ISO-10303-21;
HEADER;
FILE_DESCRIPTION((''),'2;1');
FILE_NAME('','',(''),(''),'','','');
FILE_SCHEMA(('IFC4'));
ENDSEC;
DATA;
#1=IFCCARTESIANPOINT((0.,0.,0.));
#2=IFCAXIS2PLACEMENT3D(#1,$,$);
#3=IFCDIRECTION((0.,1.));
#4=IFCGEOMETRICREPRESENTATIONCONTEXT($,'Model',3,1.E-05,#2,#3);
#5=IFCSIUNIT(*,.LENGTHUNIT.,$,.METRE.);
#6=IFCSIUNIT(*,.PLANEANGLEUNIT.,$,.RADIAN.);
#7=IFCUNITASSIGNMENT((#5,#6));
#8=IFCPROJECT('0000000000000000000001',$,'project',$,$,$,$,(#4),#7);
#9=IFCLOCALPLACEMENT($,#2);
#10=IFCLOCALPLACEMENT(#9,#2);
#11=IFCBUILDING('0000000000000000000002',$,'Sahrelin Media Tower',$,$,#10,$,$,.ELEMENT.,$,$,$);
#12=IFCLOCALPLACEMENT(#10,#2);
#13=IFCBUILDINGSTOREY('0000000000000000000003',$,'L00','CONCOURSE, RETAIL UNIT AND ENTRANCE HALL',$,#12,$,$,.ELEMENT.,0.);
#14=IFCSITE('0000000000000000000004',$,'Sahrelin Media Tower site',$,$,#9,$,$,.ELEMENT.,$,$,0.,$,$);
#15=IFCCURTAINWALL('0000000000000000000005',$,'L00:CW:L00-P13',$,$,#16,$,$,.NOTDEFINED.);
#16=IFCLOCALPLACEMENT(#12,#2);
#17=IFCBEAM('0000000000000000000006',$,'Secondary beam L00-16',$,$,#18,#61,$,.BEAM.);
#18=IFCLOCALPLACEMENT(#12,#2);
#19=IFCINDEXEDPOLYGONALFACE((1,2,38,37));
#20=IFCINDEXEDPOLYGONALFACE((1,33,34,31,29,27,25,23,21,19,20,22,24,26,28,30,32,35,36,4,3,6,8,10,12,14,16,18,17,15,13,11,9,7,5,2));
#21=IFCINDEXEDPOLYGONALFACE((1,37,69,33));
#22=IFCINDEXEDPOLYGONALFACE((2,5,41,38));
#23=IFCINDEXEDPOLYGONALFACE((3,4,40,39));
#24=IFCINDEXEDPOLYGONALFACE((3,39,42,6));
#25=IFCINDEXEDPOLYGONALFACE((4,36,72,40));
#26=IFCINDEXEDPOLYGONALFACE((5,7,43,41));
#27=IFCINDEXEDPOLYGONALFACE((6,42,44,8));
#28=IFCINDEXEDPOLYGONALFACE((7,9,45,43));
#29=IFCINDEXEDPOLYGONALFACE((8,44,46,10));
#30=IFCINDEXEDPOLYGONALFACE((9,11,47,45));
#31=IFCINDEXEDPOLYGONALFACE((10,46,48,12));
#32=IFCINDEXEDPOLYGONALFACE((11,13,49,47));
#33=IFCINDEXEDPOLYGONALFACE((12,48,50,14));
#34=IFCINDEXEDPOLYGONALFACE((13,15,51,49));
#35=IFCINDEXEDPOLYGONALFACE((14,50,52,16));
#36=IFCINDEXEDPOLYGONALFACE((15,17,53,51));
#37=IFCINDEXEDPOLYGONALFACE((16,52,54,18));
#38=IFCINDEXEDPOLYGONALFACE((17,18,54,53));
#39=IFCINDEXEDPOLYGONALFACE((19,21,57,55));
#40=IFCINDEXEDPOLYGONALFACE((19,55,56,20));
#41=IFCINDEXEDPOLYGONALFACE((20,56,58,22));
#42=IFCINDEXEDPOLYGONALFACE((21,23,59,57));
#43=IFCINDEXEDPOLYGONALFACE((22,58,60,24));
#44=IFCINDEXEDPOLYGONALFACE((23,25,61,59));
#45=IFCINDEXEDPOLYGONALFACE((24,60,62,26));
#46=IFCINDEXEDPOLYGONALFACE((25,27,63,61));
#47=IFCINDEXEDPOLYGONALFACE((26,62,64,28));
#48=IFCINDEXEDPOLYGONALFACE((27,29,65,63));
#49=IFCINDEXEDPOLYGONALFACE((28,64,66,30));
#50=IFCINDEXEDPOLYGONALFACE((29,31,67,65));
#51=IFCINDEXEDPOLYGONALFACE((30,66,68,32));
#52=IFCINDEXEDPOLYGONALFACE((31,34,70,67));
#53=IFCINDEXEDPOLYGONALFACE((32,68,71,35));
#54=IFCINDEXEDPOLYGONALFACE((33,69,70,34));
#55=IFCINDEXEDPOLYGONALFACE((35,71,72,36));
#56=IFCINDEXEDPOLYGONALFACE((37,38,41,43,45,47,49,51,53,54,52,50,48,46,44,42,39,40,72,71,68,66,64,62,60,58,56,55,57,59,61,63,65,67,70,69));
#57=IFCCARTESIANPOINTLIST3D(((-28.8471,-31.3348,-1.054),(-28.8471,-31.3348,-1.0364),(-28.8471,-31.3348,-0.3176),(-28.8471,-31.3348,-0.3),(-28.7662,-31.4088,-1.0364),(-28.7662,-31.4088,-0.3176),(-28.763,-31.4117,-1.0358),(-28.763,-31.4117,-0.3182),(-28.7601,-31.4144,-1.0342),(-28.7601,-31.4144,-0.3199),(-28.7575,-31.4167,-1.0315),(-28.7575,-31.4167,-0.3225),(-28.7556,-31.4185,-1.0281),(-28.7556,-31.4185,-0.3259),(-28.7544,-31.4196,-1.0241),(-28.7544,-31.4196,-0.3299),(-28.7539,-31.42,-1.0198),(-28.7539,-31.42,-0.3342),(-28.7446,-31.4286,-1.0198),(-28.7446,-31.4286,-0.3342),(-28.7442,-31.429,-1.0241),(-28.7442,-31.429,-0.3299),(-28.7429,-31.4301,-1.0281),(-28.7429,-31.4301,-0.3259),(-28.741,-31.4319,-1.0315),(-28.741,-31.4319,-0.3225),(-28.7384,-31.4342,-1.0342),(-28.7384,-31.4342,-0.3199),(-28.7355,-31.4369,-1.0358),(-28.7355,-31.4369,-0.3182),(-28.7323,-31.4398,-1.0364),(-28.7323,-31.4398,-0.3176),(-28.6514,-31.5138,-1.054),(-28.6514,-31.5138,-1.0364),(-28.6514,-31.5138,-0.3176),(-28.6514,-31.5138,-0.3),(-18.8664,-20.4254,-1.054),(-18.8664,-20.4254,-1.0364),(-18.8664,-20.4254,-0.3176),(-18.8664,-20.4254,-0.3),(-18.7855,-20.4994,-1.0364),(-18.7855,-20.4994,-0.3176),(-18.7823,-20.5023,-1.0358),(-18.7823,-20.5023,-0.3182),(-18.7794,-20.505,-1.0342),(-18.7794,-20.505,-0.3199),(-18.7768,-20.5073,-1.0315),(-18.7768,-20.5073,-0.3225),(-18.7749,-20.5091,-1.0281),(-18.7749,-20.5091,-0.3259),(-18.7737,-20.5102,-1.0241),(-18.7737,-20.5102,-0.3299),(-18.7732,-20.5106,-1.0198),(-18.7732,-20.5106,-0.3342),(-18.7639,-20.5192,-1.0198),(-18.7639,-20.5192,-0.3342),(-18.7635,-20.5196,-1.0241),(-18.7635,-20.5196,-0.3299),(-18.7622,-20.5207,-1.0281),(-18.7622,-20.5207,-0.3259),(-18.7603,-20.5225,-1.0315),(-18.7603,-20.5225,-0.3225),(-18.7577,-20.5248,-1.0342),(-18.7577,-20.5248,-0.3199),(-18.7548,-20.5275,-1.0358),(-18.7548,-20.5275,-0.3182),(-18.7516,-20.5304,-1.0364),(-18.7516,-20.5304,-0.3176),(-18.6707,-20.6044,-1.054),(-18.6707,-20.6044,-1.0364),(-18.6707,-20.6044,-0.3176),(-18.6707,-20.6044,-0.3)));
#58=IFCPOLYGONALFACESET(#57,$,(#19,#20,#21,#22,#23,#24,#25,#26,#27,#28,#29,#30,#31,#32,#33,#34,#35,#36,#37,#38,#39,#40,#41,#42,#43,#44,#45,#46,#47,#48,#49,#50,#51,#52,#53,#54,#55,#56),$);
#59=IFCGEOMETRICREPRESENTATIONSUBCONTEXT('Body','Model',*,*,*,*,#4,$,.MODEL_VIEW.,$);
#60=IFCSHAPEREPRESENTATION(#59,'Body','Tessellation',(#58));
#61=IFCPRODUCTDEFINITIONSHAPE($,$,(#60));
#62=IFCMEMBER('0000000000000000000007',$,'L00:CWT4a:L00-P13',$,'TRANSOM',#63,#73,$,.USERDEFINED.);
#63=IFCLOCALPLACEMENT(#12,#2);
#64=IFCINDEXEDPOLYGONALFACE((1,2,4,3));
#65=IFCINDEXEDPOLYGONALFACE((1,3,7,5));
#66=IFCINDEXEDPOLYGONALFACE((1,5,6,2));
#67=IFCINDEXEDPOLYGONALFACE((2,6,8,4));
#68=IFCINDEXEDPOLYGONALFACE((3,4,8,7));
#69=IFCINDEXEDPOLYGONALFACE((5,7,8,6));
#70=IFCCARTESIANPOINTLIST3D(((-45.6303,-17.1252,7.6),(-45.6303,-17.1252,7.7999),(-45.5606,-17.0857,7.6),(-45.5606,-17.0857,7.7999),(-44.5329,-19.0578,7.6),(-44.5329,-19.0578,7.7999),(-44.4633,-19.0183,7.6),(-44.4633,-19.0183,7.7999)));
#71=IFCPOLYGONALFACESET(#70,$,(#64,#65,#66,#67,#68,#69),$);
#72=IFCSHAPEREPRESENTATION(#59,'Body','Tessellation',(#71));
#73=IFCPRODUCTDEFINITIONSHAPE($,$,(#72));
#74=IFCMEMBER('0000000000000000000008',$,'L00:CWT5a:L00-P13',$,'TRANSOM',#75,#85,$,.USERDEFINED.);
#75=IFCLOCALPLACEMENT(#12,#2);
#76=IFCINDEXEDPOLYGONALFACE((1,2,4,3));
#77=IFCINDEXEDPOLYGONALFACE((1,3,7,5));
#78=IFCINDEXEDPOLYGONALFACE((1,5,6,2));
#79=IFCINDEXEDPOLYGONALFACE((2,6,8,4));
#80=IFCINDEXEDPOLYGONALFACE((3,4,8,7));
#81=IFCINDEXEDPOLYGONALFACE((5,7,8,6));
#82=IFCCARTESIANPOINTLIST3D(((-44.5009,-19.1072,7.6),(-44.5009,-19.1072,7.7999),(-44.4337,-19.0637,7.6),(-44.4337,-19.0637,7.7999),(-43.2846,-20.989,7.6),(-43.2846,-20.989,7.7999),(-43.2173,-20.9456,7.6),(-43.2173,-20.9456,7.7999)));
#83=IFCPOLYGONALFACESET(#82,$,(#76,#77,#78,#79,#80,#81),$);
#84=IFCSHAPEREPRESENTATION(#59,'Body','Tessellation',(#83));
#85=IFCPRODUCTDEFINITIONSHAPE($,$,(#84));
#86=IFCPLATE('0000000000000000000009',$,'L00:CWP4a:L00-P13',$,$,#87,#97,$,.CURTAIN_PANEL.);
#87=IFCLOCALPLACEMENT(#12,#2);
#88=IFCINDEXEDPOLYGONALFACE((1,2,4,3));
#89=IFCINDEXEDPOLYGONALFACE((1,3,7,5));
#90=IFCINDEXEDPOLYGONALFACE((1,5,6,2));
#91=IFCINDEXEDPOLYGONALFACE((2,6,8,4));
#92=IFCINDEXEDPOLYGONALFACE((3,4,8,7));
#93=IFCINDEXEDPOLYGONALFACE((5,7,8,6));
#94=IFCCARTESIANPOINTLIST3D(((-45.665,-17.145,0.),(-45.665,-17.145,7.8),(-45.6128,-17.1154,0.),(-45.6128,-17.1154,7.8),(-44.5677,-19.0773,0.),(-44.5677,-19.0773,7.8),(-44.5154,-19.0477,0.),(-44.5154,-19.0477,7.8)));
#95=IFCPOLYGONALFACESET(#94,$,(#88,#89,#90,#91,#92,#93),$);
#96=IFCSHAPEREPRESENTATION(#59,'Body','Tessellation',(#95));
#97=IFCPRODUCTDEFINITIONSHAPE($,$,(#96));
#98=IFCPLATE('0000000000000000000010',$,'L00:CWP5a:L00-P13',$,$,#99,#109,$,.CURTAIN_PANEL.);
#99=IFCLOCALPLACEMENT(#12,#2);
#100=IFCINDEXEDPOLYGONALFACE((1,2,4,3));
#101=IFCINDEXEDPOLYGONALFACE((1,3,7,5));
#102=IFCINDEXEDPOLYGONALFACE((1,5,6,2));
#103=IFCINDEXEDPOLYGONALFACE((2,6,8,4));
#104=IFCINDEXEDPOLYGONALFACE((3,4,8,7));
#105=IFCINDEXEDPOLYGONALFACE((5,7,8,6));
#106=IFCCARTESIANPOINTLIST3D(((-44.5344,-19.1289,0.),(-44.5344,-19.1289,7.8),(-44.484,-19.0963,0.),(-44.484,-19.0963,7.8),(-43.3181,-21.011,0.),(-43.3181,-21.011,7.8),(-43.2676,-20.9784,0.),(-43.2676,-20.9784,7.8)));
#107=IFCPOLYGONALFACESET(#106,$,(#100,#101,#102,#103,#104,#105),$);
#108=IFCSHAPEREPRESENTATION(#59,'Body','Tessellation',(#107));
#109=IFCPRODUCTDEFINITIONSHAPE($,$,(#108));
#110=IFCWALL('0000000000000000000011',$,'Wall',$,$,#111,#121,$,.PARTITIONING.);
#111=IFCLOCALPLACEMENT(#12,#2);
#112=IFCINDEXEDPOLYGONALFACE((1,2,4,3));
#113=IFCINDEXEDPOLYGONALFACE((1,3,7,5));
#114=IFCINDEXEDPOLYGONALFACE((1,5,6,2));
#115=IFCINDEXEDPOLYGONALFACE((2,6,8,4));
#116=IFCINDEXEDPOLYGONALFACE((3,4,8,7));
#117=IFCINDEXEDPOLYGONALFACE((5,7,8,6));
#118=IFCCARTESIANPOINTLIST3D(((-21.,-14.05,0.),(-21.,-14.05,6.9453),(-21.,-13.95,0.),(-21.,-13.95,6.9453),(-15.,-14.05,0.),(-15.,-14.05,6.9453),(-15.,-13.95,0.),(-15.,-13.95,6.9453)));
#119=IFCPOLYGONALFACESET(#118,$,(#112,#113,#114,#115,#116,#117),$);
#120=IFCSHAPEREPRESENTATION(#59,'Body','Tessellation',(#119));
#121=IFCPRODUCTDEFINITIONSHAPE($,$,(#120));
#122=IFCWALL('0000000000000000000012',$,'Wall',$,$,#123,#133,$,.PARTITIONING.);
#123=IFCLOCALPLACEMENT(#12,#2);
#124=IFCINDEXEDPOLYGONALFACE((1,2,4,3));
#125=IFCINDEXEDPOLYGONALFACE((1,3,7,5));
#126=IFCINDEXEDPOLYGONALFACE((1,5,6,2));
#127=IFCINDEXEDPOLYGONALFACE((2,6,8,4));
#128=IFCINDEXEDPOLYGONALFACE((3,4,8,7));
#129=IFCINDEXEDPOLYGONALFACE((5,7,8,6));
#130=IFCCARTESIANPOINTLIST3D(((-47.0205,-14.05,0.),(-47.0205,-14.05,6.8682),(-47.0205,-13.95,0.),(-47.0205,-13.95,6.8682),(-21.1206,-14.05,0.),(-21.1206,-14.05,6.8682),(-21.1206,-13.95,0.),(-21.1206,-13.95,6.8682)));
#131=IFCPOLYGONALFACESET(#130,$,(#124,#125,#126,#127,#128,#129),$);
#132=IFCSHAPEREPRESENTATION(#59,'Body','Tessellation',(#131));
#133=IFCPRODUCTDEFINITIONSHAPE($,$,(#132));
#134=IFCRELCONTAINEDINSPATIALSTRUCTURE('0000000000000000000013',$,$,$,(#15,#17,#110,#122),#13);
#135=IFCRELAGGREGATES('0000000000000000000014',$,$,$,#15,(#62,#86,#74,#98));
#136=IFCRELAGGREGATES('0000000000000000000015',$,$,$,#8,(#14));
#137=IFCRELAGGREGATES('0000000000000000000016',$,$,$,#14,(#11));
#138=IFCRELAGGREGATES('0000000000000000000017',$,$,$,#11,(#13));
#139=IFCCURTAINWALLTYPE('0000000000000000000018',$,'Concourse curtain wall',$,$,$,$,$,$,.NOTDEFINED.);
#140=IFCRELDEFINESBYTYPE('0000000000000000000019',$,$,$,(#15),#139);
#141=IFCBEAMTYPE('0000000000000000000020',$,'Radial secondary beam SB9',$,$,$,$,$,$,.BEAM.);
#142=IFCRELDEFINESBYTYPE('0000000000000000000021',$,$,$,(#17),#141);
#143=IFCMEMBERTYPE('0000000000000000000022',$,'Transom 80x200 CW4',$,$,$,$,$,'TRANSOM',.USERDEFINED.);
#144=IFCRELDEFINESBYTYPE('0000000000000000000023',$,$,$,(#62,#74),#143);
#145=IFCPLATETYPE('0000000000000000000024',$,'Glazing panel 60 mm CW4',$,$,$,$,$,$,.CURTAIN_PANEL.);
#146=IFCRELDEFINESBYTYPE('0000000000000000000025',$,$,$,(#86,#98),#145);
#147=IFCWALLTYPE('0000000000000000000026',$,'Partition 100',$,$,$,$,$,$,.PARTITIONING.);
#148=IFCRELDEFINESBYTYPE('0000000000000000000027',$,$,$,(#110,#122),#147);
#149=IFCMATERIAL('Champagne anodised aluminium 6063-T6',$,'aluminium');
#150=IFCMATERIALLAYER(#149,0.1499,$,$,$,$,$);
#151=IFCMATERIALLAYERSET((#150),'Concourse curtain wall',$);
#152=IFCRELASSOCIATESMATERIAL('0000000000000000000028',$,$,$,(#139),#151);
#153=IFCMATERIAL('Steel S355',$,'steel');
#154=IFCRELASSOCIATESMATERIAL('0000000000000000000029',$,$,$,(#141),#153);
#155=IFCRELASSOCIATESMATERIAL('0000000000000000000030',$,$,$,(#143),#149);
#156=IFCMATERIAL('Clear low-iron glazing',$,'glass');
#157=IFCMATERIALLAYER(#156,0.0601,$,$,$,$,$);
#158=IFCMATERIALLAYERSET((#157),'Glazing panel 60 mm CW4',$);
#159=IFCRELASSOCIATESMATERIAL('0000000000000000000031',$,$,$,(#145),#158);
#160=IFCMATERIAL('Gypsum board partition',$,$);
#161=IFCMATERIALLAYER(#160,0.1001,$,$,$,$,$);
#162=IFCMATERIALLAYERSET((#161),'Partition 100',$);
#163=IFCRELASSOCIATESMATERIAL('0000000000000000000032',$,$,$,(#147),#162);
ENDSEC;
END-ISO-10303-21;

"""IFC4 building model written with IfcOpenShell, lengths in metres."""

from ifc_helpers import new_model, si_unit, direction, frame, frame_2d, origin, origin_2d, place, context, subcontext, project, spatial, polyline, rectangle, i_section, outline, extrude, material, layer, layer_set, material_profile, profile_set, type_object, element, aggregate, save


model = new_model("IFC4")

# Units and contexts
model_context = context("Model", 3, precision=1e-05, world=origin(), true_north=direction((0.0, 1.0)))
body_context = subcontext(model_context, "Body", "Model", "MODEL_VIEW")
ifc_project = project(units=[si_unit("LENGTHUNIT", "METRE"), si_unit("PLANEANGLEUNIT", "RADIAN")], contexts=[model_context])

# Site, building, storey
site_placement = place(None, origin())
site = spatial("IfcSite", under=ifc_project, at=site_placement, Name="Sahrelin Media Tower site", CompositionType="ELEMENT", RefElevation=0.0)
building_placement = place(site_placement, origin())
building = spatial("IfcBuilding", under=site, at=building_placement, Name="Sahrelin Media Tower", CompositionType="ELEMENT")
storey_placement = place(building_placement, origin())
storey = spatial("IfcBuildingStorey", under=building, at=storey_placement, Name="L00", Description="CONCOURSE, RETAIL UNIT AND ENTRANCE HALL", CompositionType="ELEMENT", Elevation=0.0)

# Curtain wall
ifc_material_1 = material(Name="Champagne anodised aluminium 6063-T6", Category="aluminium")
ifc_layer_1 = layer(ifc_material_1, 0.1499)
ifc_layer_set_1 = layer_set([ifc_layer_1], Name="Concourse curtain wall")
curtain_wall_type = type_object("IfcCurtainWallType", Name="Concourse curtain wall", PredefinedType="NOTDEFINED", material=ifc_layer_set_1)
curtain_wall_1_placement = place(storey_placement, frame((-48.2964, -10.8704, 0.0), z_axis=(0.0, 0.0, 1.0), x_axis=(1.0, 0.0, 0.0)))
curtain_wall_1 = element("IfcCurtainWall", 1, at=curtain_wall_1_placement, inside=storey, type_object=curtain_wall_type, Name="L00:CW:L00-P13", PredefinedType="NOTDEFINED")

# Beam
ifc_material_2 = material(Name="Steel S355", Category="steel")
ifc_material_profile_1 = material_profile(ifc_material_2, i_section(OverallWidth=0.2651, OverallDepth=0.7539, WebThickness=0.0127, FlangeThickness=0.0176, FilletRadius=0.0166, at=origin_2d()), Name="UB 762x267x147")
ifc_profile_set_1 = profile_set([ifc_material_profile_1], Name="Steel S355")
beam_type_1 = type_object("IfcBeamType", Name="Radial secondary beam SB9", PredefinedType="BEAM", material=ifc_profile_set_1)
beam_1_placement = place(storey_placement, frame((-18.7686, -20.5149, -0.677), z_axis=(-0.675004, -0.737814, 0.0), x_axis=(0.737814, -0.675004, 0.0)))
element("IfcBeam", 2, at=beam_1_placement, inside=storey, type_object=beam_type_1, Name="Secondary beam L00-16", PredefinedType="BEAM", context=body_context, shape_type="SweptSolid", body=[
    extrude(i_section(OverallWidth=0.2651, OverallDepth=0.7539, WebThickness=0.0127, FlangeThickness=0.0176, FilletRadius=0.0166, at=origin_2d()), origin(), (0.0, 0.0, 1.0), 14.7861),
])

# Members
ifc_material_profile_2 = material_profile(ifc_material_1, rectangle(XDim=0.0801, YDim=0.2, at=origin_2d()), Name="Transom 80x200")
ifc_profile_set_2 = profile_set([ifc_material_profile_2], Name="Champagne anodised aluminium 6063-T6")
member_type_1 = type_object("IfcMemberType", Name="Transom 80x200 CW4", ElementType="TRANSOM", PredefinedType="USERDEFINED", material=ifc_profile_set_2)
member_1_placement = place(storey_placement, frame((-45.5955, -17.1055, 7.7), z_axis=(0.493783, -0.869585, 0.0), x_axis=(0.869585, 0.493783, 0.0)))
member_1 = element("IfcMember", 3, at=member_1_placement, type_object=member_type_1, Name="L00:CWT4a:L00-P13", ObjectType="TRANSOM", PredefinedType="USERDEFINED", context=body_context, shape_type="SweptSolid", body=[
    extrude(rectangle(XDim=0.0801, YDim=0.2, at=origin_2d()), origin(), (0.0, 0.0, 1.0), 2.2224),
])
member_2_placement = place(storey_placement, frame((-44.4673, -19.0854, 7.7), z_axis=(0.542827, -0.839845, 0.0), x_axis=(0.839845, 0.542827, 0.0)))
member_2 = element("IfcMember", 4, at=member_2_placement, type_object=member_type_1, Name="L00:CWT5a:L00-P13", ObjectType="TRANSOM", PredefinedType="USERDEFINED", context=body_context, shape_type="SweptSolid", body=[
    extrude(rectangle(XDim=0.0801, YDim=0.2, at=origin_2d()), origin(), (0.0, 0.0, 1.0), 2.2407),
])

# Plates
ifc_material_3 = material(Name="Clear low-iron glazing", Category="glass")
ifc_layer_2 = layer(ifc_material_3, 0.0601)
ifc_layer_set_2 = layer_set([ifc_layer_2], Name="Glazing panel 60 mm CW4")
plate_type = type_object("IfcPlateType", Name="Glazing panel 60 mm CW4", PredefinedType="CURTAIN_PANEL", material=ifc_layer_set_2)
plate_1_placement = place(storey_placement, frame((-45.665, -17.145, 0.0), z_axis=(-0.869558, -0.49383, 0.0), x_axis=(0.49383, -0.869558, 0.0)))
plate_1 = element("IfcPlate", 5, at=plate_1_placement, type_object=plate_type, Name="L00:CWP4a:L00-P13", PredefinedType="CURTAIN_PANEL", context=body_context, shape_type="SweptSolid", body=[
    extrude(outline(polyline([(0.0, 0.0), (2.2222, 0.0), (2.2222, 7.8), (0.0, 7.8), (0.0, 0.0)])), origin(), (0.0, 0.0, -1.0), 0.0601),
])
plate_2_placement = place(storey_placement, frame((-44.5344, -19.1289, 0.0), z_axis=(-0.839877, -0.542777, 0.0), x_axis=(0.542777, -0.839877, 0.0)))
plate_2 = element("IfcPlate", 6, at=plate_2_placement, type_object=plate_type, Name="L00:CWP5a:L00-P13", PredefinedType="CURTAIN_PANEL", context=body_context, shape_type="SweptSolid", body=[
    extrude(outline(polyline([(0.0, 0.0), (2.241, 0.0), (2.241, 7.8), (0.0, 7.8), (0.0, 0.0)])), origin(), (0.0, 0.0, -1.0), 0.0601),
])
aggregate(curtain_wall_1, [member_1, plate_1, member_2, plate_2])

# Walls
ifc_material_4 = material(Name="Gypsum board partition")
ifc_layer_3 = layer(ifc_material_4, 0.1001)
ifc_layer_set_3 = layer_set([ifc_layer_3], Name="Partition 100")
wall_type = type_object("IfcWallType", Name="Partition 100", PredefinedType="PARTITIONING", material=ifc_layer_set_3)
wall_1_placement = place(storey_placement, frame((-21.0, -14.0, 0.0), z_axis=(0.0, 0.0, 1.0), x_axis=(1.0, 0.0, 0.0)))
element("IfcWall", 7, at=wall_1_placement, inside=storey, type_object=wall_type, Name="Wall", PredefinedType="PARTITIONING", context=body_context, shape_type="SweptSolid", body=[
    extrude(rectangle(XDim=6.0, YDim=0.1001, at=frame_2d((3.0, 0.0))), origin(), (0.0, 0.0, 1.0), 6.9453),
])
wall_2_placement = place(storey_placement, frame((-21.1206, -14.0, 0.0), z_axis=(0.0, 0.0, 1.0), x_axis=(-1.0, 0.0, 0.0)))
element("IfcWall", 8, at=wall_2_placement, inside=storey, type_object=wall_type, Name="Wall", PredefinedType="PARTITIONING", context=body_context, shape_type="SweptSolid", body=[
    extrude(rectangle(XDim=25.8999, YDim=0.1001, at=frame_2d((12.95, 0.0))), origin(), (0.0, 0.0, 1.0), 6.8682),
])

save(model, "model.ifc")
